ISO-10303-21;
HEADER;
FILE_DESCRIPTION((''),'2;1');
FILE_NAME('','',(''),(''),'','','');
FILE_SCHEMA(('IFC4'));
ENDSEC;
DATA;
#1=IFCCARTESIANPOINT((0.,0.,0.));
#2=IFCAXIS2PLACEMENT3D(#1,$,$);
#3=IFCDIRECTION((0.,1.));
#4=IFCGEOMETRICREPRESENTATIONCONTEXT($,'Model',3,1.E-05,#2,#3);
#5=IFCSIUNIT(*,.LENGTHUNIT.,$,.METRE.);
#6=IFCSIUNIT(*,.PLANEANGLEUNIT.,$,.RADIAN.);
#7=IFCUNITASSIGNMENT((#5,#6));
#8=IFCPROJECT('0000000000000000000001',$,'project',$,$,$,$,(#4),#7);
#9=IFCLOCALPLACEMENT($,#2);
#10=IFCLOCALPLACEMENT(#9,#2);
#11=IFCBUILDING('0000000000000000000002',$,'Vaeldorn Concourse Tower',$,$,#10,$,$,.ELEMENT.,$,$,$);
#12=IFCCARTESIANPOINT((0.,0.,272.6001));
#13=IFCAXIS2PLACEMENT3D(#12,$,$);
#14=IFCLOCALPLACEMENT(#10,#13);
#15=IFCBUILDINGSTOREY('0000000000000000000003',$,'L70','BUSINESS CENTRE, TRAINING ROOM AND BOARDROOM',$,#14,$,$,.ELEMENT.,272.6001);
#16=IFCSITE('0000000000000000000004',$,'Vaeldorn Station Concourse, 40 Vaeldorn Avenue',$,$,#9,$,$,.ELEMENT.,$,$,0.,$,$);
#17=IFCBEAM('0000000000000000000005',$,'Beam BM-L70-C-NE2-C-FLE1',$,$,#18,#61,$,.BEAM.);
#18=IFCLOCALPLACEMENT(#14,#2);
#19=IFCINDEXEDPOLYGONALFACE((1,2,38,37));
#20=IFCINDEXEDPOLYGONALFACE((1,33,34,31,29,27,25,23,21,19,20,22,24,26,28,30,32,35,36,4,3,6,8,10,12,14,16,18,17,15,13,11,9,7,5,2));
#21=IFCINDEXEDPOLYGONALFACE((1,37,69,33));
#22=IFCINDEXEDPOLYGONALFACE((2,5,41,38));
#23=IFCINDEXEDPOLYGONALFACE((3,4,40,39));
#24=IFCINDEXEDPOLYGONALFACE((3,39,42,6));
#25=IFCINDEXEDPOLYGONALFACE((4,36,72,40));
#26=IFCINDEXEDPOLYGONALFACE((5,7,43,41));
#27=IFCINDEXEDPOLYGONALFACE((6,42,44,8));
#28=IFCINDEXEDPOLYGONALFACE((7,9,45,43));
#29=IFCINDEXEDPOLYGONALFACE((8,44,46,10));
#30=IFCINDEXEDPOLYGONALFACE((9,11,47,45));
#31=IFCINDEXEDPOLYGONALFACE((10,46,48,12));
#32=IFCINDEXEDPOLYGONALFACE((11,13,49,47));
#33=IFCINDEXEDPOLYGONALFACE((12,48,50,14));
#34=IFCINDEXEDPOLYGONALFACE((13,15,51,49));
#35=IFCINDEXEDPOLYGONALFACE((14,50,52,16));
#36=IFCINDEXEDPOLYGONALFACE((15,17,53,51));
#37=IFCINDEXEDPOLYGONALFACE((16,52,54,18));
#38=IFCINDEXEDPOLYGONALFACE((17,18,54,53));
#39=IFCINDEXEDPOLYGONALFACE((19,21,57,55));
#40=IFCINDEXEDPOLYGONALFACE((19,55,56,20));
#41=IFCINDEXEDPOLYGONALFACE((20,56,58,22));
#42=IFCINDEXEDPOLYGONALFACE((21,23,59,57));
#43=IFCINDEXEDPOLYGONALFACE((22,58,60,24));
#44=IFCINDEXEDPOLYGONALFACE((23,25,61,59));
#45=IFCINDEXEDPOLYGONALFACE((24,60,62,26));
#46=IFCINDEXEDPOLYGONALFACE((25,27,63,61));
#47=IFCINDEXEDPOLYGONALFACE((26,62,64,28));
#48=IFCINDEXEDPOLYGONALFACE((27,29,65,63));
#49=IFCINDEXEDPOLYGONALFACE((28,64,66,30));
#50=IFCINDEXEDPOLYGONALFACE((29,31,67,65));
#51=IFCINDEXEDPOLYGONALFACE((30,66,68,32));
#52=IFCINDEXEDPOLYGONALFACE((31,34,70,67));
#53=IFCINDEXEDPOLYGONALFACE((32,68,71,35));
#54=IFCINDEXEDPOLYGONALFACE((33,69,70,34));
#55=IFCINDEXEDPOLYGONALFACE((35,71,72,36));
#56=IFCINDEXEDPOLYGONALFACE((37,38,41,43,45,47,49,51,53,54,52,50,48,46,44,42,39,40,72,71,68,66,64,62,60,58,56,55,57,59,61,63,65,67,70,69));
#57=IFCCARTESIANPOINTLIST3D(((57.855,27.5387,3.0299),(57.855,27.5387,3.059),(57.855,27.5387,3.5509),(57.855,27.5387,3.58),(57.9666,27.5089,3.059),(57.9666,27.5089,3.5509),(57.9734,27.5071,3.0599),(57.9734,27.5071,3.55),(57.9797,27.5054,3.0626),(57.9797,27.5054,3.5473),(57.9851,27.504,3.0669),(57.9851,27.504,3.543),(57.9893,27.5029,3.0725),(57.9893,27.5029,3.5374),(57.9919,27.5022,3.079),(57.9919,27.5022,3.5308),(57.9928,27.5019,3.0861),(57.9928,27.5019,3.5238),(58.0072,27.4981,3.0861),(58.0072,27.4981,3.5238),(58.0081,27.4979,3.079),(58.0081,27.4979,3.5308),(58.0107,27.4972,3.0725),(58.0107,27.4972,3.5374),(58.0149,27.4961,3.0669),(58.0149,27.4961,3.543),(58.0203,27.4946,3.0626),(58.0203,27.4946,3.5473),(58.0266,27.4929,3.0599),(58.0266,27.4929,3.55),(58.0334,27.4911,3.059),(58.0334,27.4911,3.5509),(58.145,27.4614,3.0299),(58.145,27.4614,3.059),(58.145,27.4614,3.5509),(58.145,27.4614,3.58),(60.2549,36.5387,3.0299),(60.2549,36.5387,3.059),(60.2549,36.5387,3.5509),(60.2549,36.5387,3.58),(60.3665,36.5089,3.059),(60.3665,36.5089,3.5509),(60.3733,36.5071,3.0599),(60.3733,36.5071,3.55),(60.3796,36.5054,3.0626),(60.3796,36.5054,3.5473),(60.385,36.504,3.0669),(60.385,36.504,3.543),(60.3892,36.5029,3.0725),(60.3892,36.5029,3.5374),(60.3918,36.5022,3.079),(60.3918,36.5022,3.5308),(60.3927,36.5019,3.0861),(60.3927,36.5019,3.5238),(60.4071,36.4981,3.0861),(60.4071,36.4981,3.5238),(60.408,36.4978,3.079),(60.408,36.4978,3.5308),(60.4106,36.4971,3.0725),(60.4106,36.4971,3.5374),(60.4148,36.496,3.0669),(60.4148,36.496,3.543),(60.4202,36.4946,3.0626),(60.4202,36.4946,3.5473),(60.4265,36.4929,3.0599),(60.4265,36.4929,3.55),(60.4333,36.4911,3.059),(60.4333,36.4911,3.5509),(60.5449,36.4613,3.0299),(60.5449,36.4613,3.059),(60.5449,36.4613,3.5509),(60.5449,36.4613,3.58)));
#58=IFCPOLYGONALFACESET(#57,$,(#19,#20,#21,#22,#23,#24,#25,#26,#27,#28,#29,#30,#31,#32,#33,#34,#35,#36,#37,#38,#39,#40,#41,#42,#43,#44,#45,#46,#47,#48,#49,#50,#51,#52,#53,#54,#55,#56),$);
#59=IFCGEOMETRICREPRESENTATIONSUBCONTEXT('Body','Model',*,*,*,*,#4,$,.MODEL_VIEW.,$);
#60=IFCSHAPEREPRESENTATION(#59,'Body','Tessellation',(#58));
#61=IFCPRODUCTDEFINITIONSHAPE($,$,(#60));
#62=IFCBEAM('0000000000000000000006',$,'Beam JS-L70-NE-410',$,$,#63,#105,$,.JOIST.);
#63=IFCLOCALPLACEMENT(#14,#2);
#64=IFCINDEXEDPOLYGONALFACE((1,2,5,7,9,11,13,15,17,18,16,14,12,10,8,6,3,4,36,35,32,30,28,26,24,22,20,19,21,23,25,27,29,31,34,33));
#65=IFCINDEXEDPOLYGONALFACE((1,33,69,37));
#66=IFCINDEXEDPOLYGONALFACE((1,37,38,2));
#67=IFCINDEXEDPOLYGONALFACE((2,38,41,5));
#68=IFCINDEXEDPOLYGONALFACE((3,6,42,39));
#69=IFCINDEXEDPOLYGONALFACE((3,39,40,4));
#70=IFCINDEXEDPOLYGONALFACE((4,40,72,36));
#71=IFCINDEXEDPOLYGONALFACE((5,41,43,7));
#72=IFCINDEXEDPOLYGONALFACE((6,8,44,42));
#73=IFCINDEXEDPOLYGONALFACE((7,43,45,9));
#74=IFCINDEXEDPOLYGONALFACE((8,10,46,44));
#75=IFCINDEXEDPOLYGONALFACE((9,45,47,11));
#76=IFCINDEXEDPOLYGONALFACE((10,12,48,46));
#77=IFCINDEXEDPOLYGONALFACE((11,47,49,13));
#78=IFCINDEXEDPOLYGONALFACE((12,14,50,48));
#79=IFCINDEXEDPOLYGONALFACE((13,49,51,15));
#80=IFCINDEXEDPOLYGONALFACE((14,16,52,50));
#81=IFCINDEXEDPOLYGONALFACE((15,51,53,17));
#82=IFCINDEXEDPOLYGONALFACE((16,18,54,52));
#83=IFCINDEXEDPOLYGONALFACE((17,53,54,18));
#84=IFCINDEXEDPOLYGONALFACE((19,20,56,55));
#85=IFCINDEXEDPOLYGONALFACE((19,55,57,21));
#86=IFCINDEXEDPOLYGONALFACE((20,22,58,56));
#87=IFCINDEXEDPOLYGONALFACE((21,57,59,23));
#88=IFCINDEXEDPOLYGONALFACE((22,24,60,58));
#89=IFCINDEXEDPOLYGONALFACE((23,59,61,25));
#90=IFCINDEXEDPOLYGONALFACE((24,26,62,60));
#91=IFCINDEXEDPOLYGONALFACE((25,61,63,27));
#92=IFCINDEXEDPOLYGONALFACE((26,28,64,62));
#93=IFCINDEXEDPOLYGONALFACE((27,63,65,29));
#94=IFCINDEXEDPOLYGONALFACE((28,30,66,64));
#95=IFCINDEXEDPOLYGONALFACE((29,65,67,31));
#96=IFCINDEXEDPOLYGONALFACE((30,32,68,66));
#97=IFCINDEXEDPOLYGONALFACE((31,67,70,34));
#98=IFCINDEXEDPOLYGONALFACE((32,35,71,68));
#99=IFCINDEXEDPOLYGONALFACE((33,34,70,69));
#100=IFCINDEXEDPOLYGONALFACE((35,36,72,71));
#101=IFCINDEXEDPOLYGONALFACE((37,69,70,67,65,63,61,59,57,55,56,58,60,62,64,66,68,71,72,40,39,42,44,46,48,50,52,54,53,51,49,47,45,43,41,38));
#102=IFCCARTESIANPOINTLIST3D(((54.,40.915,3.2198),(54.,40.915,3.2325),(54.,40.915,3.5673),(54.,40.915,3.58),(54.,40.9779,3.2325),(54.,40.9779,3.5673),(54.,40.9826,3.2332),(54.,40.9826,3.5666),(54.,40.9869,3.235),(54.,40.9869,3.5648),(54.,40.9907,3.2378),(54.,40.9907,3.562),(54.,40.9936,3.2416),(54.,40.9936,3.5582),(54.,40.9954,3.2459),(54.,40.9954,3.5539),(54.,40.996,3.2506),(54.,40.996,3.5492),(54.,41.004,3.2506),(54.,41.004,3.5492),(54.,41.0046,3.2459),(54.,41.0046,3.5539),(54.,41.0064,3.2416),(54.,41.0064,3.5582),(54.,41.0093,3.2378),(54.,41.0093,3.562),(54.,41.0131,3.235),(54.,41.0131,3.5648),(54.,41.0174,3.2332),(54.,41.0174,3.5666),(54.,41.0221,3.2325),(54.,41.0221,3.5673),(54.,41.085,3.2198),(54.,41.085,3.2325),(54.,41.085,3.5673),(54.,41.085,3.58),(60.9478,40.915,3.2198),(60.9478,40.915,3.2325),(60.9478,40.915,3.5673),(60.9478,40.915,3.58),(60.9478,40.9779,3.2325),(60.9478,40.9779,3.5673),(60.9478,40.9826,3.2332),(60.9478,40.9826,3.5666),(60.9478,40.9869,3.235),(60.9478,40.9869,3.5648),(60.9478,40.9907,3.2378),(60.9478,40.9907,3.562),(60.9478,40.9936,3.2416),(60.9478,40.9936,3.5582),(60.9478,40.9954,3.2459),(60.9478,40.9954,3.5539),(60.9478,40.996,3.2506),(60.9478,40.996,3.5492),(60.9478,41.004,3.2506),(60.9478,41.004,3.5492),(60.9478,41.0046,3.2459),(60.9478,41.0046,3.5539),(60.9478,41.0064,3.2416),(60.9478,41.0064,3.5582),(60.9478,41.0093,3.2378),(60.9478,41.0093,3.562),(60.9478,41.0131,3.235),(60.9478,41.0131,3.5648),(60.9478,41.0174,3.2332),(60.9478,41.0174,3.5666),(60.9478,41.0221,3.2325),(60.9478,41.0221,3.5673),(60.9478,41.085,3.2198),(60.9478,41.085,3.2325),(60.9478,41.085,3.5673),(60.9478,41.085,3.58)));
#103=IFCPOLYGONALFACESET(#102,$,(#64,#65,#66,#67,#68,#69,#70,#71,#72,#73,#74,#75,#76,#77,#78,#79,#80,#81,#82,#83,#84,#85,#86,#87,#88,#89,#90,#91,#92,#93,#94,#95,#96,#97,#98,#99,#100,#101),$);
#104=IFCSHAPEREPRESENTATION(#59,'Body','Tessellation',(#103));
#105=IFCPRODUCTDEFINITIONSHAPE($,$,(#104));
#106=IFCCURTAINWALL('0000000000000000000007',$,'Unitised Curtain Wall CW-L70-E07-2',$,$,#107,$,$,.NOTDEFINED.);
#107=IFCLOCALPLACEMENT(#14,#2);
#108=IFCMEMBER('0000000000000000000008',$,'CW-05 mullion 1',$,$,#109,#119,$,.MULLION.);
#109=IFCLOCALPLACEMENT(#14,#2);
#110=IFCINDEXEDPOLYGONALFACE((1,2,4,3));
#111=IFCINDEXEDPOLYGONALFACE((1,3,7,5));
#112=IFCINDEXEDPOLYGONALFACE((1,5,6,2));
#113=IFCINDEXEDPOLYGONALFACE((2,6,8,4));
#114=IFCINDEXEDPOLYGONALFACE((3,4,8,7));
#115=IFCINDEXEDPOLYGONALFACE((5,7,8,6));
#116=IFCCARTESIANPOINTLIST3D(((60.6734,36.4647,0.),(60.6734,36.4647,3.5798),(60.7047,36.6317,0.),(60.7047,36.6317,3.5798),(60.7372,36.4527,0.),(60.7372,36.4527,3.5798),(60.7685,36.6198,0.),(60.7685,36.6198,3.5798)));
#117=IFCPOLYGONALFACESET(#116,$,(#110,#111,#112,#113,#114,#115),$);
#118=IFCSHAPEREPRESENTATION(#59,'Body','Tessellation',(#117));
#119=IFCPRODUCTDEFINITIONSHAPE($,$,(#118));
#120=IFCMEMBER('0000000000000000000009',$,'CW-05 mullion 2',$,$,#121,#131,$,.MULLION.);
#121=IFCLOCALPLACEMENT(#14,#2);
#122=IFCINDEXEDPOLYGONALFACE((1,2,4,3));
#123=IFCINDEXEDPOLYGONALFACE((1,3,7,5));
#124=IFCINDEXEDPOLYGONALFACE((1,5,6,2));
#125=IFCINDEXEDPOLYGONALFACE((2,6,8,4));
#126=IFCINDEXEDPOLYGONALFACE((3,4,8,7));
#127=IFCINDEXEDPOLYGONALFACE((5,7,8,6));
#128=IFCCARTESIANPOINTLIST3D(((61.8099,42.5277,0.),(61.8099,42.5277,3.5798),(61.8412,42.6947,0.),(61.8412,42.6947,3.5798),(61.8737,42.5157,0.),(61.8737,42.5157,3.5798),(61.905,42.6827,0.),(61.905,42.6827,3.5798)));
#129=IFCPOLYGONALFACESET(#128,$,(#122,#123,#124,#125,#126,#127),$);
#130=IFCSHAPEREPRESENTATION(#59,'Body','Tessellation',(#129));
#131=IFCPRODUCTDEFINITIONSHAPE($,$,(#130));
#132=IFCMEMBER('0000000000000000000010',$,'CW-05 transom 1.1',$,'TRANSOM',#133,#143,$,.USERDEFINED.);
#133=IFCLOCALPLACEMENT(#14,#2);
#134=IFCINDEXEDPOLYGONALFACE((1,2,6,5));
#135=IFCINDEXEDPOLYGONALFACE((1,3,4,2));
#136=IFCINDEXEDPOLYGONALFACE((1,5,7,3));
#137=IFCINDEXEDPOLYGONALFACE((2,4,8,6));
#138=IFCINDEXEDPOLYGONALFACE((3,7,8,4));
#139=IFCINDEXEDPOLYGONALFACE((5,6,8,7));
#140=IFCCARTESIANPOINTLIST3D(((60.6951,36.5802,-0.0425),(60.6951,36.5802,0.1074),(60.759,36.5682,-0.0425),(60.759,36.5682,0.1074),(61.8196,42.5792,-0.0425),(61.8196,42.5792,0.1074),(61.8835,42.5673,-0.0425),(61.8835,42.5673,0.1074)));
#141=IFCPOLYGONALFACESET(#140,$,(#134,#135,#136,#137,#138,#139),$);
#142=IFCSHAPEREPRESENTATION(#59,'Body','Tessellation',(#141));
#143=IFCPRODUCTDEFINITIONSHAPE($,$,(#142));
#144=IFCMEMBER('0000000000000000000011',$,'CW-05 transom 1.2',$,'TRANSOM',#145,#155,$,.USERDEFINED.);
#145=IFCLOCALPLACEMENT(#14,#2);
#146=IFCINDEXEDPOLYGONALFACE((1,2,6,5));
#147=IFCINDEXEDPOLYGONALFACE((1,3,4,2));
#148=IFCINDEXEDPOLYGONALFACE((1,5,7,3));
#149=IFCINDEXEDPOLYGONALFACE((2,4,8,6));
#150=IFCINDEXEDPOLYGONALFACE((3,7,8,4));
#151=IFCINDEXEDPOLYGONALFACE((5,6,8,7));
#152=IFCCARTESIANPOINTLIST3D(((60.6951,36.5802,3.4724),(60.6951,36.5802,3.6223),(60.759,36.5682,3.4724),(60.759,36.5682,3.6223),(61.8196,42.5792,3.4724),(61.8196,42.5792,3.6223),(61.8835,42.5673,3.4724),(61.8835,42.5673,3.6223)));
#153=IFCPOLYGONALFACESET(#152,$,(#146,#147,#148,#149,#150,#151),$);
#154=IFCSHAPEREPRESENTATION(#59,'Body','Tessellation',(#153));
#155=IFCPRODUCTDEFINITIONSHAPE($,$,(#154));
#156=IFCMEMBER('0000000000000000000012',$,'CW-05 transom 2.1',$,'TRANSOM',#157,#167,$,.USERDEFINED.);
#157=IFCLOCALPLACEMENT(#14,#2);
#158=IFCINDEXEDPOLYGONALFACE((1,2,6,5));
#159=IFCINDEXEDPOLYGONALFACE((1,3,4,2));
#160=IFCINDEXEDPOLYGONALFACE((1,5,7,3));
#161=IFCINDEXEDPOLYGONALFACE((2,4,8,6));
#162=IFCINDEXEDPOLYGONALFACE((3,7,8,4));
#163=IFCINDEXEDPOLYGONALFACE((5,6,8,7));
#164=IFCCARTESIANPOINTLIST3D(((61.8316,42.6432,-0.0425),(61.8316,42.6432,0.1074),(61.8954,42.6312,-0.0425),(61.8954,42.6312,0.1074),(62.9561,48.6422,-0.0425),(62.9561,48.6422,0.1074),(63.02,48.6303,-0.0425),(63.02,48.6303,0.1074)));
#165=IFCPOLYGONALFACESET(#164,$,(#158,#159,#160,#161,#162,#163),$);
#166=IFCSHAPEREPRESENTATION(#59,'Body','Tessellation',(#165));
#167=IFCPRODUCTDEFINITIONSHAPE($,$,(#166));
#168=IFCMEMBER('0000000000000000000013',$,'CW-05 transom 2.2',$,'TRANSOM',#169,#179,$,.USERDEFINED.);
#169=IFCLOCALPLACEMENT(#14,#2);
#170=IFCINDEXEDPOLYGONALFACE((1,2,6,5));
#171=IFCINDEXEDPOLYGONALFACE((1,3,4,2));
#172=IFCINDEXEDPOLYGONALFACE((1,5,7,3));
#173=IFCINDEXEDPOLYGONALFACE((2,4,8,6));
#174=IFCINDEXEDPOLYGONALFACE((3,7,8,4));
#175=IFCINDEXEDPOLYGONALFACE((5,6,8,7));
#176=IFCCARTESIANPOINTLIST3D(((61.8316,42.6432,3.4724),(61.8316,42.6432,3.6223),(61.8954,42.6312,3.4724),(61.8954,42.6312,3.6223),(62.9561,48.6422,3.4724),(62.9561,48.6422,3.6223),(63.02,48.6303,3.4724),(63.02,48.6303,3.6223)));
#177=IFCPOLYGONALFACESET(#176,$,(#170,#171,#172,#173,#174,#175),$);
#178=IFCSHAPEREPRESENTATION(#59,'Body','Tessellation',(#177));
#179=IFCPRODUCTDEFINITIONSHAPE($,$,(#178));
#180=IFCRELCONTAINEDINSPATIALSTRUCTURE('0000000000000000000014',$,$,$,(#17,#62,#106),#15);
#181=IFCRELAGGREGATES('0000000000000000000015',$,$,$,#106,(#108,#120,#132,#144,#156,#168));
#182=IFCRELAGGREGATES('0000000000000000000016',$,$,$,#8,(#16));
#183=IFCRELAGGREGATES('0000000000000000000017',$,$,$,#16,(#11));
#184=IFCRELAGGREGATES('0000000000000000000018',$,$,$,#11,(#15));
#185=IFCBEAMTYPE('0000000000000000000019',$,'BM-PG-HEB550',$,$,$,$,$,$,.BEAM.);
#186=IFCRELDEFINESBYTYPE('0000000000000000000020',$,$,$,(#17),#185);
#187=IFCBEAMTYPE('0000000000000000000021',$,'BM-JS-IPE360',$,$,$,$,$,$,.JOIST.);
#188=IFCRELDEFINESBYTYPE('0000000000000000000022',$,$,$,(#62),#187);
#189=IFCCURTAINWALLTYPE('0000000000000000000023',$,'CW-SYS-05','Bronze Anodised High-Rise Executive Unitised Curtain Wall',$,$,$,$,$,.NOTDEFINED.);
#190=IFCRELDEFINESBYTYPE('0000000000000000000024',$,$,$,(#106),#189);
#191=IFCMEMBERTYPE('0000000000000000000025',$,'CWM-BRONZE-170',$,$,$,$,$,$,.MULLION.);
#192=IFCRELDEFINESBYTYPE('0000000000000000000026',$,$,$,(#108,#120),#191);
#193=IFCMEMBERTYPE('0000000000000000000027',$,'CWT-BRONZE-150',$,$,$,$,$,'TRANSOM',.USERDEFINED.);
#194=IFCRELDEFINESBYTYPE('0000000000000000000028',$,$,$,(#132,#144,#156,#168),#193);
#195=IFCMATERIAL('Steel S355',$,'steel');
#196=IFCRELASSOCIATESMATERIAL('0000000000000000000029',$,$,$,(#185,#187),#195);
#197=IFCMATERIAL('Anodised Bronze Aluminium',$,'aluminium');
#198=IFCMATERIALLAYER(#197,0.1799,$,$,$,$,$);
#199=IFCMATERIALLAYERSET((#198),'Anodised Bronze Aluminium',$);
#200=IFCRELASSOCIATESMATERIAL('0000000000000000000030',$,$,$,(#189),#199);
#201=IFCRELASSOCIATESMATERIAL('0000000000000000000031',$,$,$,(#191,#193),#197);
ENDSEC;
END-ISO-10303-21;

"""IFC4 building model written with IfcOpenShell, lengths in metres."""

from ifc_helpers import new_model, si_unit, direction, frame, origin, origin_2d, place, context, subcontext, project, spatial, rectangle, i_section, extrude, source, transform, mapped, material, layer, layer_set, material_profile, profile_set, type_object, element, aggregate, save


model = new_model("IFC4")

# Units and contexts
model_context = context("Model", 3, precision=1e-05, world=origin(), true_north=direction((0.0, 1.0)))
body_context = subcontext(model_context, "Body", "Model", "MODEL_VIEW")
ifc_project = project(units=[si_unit("LENGTHUNIT", "METRE"), si_unit("PLANEANGLEUNIT", "RADIAN")], contexts=[model_context])

# Site, building, storey
site_placement = place(None, origin())
site = spatial("IfcSite", under=ifc_project, at=site_placement, Name="Vaeldorn Station Concourse, 40 Vaeldorn Avenue", CompositionType="ELEMENT", RefElevation=0.0)
building_placement = place(site_placement, origin())
building = spatial("IfcBuilding", under=site, at=building_placement, Name="Vaeldorn Concourse Tower", CompositionType="ELEMENT")
storey_placement = place(building_placement, frame((0.0, 0.0, 272.6001)))
storey = spatial("IfcBuildingStorey", under=building, at=storey_placement, Name="L70", Description="BUSINESS CENTRE, TRAINING ROOM AND BOARDROOM", CompositionType="ELEMENT", Elevation=272.6001)

# Shared definitions
ifc_material_1 = material(Name="Steel S355", Category="steel")

# Beams
ifc_material_profile_1 = material_profile(ifc_material_1, i_section(OverallWidth=0.3, OverallDepth=0.55, WebThickness=0.0149, FlangeThickness=0.0291, FilletRadius=0.0271, at=origin_2d()), Name="HEB 550")
ifc_profile_set_1 = profile_set([ifc_material_profile_1], Name="Steel S355")
beam_type_1 = type_object("IfcBeamType", Name="BM-PG-HEB550", PredefinedType="BEAM", material=ifc_profile_set_1)
shared_shape_1 = source(origin(), body_context, "Body", "SweptSolid", [
    extrude(i_section(OverallWidth=0.3, OverallDepth=0.55, WebThickness=0.0149, FlangeThickness=0.0291, FilletRadius=0.0271, at=origin_2d()), origin(), (0.0, 0.0, 1.0), 9.3145),
])
beam_1_placement = place(storey_placement, frame((60.3999, 36.5, 3.3049), z_axis=(-0.257653, -0.966238, 0.0), x_axis=(0.966238, -0.257653, 0.0)))
element("IfcBeam", 1, at=beam_1_placement, inside=storey, type_object=beam_type_1, Name="Beam BM-L70-C-NE2-C-FLE1", PredefinedType="BEAM", context=body_context, shape_type="MappedRepresentation", body=[
    mapped(shared_shape_1, transform((0.0, 0.0, 0.0), scale=1.0)),
])
ifc_material_profile_2 = material_profile(ifc_material_1, i_section(OverallWidth=0.1699, OverallDepth=0.3601, WebThickness=0.0081, FlangeThickness=0.0127, FilletRadius=0.0181, at=origin_2d()), Name="IPE 360")
ifc_profile_set_2 = profile_set([ifc_material_profile_2], Name="Steel S355")
beam_type_2 = type_object("IfcBeamType", Name="BM-JS-IPE360", PredefinedType="JOIST", material=ifc_profile_set_2)
shared_shape_2 = source(origin(), body_context, "Body", "SweptSolid", [
    extrude(i_section(OverallWidth=0.1699, OverallDepth=0.3601, WebThickness=0.0081, FlangeThickness=0.0127, FilletRadius=0.0181, at=origin_2d()), origin(), (0.0, 0.0, 1.0), 6.9478),
])
beam_2_placement = place(storey_placement, frame((54.0, 41.0, 3.3999), z_axis=(1.0, 0.0, 0.0), x_axis=(0.0, 1.0, 0.0)))
element("IfcBeam", 2, at=beam_2_placement, inside=storey, type_object=beam_type_2, Name="Beam JS-L70-NE-410", PredefinedType="JOIST", context=body_context, shape_type="MappedRepresentation", body=[
    mapped(shared_shape_2, transform((0.0, 0.0, 0.0), scale=1.0)),
])

# Curtain wall, members
ifc_material_2 = material(Name="Anodised Bronze Aluminium", Category="aluminium")
ifc_layer_1 = layer(ifc_material_2, 0.1799)
ifc_layer_set_1 = layer_set([ifc_layer_1], Name="Anodised Bronze Aluminium")
curtain_wall_type = type_object("IfcCurtainWallType", Name="CW-SYS-05", Description="Bronze Anodised High-Rise Executive Unitised Curtain Wall", PredefinedType="NOTDEFINED", material=ifc_layer_set_1)
curtain_wall_placement = place(storey_placement, origin())
curtain_wall = element("IfcCurtainWall", 3, at=curtain_wall_placement, inside=storey, type_object=curtain_wall_type, Name="Unitised Curtain Wall CW-L70-E07-2", PredefinedType="NOTDEFINED")
ifc_material_profile_3 = material_profile(ifc_material_2, rectangle(XDim=0.0649, YDim=0.1699, at=origin_2d()), Name="CWM 65x170")
ifc_profile_set_3 = profile_set([ifc_material_profile_3], Name="Anodised Bronze Aluminium")
member_type_1 = type_object("IfcMemberType", Name="CWM-BRONZE-170", PredefinedType="MULLION", material=ifc_profile_set_3)
shared_shape_3 = source(origin(), body_context, "Body", "SweptSolid", [
    extrude(rectangle(XDim=0.0649, YDim=0.1699, at=origin_2d()), origin(), (0.0, 0.0, 1.0), 3.5798),
])
member_1_placement = place(storey_placement, frame((60.7209, 36.5422, 0.0), z_axis=(0.0, 0.0, 1.0), x_axis=(-0.98288, 0.184246, 0.0)))
member_1 = element("IfcMember", 4, at=member_1_placement, type_object=member_type_1, Name="CW-05 mullion 1", PredefinedType="MULLION", context=body_context, shape_type="MappedRepresentation", body=[
    mapped(shared_shape_3, transform((0.0, 0.0, 0.0), scale=1.0)),
])
member_2_placement = place(storey_placement, frame((61.8574, 42.6052, 0.0), z_axis=(0.0, 0.0, 1.0), x_axis=(-0.98288, 0.184246, 0.0)))
member_2 = element("IfcMember", 5, at=member_2_placement, type_object=member_type_1, Name="CW-05 mullion 2", PredefinedType="MULLION", context=body_context, shape_type="MappedRepresentation", body=[
    mapped(shared_shape_3, transform((0.0, 0.0, 0.0), scale=1.0)),
])
ifc_material_profile_4 = material_profile(ifc_material_2, rectangle(XDim=0.0649, YDim=0.1499, at=origin_2d()), Name="CWT 65x150")
ifc_profile_set_4 = profile_set([ifc_material_profile_4], Name="Anodised Bronze Aluminium")
member_type_2 = type_object("IfcMemberType", Name="CWT-BRONZE-150", ElementType="TRANSOM", PredefinedType="USERDEFINED", material=ifc_profile_set_4)
shared_shape_4 = source(origin(), body_context, "Body", "SweptSolid", [
    extrude(rectangle(XDim=0.0649, YDim=0.1499, at=origin_2d()), origin(), (0.0, 0.0, 1.0), 6.1035),
])
member_3_placement = place(storey_placement, frame((60.7271, 36.5742, 0.0325), z_axis=(0.18424, 0.982881, 0.0), x_axis=(-0.982881, 0.18424, 0.0)))
member_3 = element("IfcMember", 6, at=member_3_placement, type_object=member_type_2, Name="CW-05 transom 1.1", ObjectType="TRANSOM", PredefinedType="USERDEFINED", context=body_context, shape_type="MappedRepresentation", body=[
    mapped(shared_shape_4, transform((0.0, 0.0, 0.0), scale=1.0)),
])
member_4_placement = place(storey_placement, frame((60.7271, 36.5742, 3.5474), z_axis=(0.18424, 0.982881, 0.0), x_axis=(-0.982881, 0.18424, 0.0)))
member_4 = element("IfcMember", 7, at=member_4_placement, type_object=member_type_2, Name="CW-05 transom 1.2", ObjectType="TRANSOM", PredefinedType="USERDEFINED", context=body_context, shape_type="MappedRepresentation", body=[
    mapped(shared_shape_4, transform((0.0, 0.0, 0.0), scale=1.0)),
])
member_5_placement = place(storey_placement, frame((61.8635, 42.6372, 0.0325), z_axis=(0.18424, 0.982881, 0.0), x_axis=(-0.982881, 0.18424, 0.0)))
member_5 = element("IfcMember", 8, at=member_5_placement, type_object=member_type_2, Name="CW-05 transom 2.1", ObjectType="TRANSOM", PredefinedType="USERDEFINED", context=body_context, shape_type="MappedRepresentation", body=[
    mapped(shared_shape_4, transform((0.0, 0.0, 0.0), scale=1.0)),
])
member_6_placement = place(storey_placement, frame((61.8635, 42.6372, 3.5474), z_axis=(0.18424, 0.982881, 0.0), x_axis=(-0.982881, 0.18424, 0.0)))
member_6 = element("IfcMember", 9, at=member_6_placement, type_object=member_type_2, Name="CW-05 transom 2.2", ObjectType="TRANSOM", PredefinedType="USERDEFINED", context=body_context, shape_type="MappedRepresentation", body=[
    mapped(shared_shape_4, transform((0.0, 0.0, 0.0), scale=1.0)),
])
aggregate(curtain_wall, [member_1, member_2, member_3, member_4, member_5, member_6])

save(model, "model.ifc")
